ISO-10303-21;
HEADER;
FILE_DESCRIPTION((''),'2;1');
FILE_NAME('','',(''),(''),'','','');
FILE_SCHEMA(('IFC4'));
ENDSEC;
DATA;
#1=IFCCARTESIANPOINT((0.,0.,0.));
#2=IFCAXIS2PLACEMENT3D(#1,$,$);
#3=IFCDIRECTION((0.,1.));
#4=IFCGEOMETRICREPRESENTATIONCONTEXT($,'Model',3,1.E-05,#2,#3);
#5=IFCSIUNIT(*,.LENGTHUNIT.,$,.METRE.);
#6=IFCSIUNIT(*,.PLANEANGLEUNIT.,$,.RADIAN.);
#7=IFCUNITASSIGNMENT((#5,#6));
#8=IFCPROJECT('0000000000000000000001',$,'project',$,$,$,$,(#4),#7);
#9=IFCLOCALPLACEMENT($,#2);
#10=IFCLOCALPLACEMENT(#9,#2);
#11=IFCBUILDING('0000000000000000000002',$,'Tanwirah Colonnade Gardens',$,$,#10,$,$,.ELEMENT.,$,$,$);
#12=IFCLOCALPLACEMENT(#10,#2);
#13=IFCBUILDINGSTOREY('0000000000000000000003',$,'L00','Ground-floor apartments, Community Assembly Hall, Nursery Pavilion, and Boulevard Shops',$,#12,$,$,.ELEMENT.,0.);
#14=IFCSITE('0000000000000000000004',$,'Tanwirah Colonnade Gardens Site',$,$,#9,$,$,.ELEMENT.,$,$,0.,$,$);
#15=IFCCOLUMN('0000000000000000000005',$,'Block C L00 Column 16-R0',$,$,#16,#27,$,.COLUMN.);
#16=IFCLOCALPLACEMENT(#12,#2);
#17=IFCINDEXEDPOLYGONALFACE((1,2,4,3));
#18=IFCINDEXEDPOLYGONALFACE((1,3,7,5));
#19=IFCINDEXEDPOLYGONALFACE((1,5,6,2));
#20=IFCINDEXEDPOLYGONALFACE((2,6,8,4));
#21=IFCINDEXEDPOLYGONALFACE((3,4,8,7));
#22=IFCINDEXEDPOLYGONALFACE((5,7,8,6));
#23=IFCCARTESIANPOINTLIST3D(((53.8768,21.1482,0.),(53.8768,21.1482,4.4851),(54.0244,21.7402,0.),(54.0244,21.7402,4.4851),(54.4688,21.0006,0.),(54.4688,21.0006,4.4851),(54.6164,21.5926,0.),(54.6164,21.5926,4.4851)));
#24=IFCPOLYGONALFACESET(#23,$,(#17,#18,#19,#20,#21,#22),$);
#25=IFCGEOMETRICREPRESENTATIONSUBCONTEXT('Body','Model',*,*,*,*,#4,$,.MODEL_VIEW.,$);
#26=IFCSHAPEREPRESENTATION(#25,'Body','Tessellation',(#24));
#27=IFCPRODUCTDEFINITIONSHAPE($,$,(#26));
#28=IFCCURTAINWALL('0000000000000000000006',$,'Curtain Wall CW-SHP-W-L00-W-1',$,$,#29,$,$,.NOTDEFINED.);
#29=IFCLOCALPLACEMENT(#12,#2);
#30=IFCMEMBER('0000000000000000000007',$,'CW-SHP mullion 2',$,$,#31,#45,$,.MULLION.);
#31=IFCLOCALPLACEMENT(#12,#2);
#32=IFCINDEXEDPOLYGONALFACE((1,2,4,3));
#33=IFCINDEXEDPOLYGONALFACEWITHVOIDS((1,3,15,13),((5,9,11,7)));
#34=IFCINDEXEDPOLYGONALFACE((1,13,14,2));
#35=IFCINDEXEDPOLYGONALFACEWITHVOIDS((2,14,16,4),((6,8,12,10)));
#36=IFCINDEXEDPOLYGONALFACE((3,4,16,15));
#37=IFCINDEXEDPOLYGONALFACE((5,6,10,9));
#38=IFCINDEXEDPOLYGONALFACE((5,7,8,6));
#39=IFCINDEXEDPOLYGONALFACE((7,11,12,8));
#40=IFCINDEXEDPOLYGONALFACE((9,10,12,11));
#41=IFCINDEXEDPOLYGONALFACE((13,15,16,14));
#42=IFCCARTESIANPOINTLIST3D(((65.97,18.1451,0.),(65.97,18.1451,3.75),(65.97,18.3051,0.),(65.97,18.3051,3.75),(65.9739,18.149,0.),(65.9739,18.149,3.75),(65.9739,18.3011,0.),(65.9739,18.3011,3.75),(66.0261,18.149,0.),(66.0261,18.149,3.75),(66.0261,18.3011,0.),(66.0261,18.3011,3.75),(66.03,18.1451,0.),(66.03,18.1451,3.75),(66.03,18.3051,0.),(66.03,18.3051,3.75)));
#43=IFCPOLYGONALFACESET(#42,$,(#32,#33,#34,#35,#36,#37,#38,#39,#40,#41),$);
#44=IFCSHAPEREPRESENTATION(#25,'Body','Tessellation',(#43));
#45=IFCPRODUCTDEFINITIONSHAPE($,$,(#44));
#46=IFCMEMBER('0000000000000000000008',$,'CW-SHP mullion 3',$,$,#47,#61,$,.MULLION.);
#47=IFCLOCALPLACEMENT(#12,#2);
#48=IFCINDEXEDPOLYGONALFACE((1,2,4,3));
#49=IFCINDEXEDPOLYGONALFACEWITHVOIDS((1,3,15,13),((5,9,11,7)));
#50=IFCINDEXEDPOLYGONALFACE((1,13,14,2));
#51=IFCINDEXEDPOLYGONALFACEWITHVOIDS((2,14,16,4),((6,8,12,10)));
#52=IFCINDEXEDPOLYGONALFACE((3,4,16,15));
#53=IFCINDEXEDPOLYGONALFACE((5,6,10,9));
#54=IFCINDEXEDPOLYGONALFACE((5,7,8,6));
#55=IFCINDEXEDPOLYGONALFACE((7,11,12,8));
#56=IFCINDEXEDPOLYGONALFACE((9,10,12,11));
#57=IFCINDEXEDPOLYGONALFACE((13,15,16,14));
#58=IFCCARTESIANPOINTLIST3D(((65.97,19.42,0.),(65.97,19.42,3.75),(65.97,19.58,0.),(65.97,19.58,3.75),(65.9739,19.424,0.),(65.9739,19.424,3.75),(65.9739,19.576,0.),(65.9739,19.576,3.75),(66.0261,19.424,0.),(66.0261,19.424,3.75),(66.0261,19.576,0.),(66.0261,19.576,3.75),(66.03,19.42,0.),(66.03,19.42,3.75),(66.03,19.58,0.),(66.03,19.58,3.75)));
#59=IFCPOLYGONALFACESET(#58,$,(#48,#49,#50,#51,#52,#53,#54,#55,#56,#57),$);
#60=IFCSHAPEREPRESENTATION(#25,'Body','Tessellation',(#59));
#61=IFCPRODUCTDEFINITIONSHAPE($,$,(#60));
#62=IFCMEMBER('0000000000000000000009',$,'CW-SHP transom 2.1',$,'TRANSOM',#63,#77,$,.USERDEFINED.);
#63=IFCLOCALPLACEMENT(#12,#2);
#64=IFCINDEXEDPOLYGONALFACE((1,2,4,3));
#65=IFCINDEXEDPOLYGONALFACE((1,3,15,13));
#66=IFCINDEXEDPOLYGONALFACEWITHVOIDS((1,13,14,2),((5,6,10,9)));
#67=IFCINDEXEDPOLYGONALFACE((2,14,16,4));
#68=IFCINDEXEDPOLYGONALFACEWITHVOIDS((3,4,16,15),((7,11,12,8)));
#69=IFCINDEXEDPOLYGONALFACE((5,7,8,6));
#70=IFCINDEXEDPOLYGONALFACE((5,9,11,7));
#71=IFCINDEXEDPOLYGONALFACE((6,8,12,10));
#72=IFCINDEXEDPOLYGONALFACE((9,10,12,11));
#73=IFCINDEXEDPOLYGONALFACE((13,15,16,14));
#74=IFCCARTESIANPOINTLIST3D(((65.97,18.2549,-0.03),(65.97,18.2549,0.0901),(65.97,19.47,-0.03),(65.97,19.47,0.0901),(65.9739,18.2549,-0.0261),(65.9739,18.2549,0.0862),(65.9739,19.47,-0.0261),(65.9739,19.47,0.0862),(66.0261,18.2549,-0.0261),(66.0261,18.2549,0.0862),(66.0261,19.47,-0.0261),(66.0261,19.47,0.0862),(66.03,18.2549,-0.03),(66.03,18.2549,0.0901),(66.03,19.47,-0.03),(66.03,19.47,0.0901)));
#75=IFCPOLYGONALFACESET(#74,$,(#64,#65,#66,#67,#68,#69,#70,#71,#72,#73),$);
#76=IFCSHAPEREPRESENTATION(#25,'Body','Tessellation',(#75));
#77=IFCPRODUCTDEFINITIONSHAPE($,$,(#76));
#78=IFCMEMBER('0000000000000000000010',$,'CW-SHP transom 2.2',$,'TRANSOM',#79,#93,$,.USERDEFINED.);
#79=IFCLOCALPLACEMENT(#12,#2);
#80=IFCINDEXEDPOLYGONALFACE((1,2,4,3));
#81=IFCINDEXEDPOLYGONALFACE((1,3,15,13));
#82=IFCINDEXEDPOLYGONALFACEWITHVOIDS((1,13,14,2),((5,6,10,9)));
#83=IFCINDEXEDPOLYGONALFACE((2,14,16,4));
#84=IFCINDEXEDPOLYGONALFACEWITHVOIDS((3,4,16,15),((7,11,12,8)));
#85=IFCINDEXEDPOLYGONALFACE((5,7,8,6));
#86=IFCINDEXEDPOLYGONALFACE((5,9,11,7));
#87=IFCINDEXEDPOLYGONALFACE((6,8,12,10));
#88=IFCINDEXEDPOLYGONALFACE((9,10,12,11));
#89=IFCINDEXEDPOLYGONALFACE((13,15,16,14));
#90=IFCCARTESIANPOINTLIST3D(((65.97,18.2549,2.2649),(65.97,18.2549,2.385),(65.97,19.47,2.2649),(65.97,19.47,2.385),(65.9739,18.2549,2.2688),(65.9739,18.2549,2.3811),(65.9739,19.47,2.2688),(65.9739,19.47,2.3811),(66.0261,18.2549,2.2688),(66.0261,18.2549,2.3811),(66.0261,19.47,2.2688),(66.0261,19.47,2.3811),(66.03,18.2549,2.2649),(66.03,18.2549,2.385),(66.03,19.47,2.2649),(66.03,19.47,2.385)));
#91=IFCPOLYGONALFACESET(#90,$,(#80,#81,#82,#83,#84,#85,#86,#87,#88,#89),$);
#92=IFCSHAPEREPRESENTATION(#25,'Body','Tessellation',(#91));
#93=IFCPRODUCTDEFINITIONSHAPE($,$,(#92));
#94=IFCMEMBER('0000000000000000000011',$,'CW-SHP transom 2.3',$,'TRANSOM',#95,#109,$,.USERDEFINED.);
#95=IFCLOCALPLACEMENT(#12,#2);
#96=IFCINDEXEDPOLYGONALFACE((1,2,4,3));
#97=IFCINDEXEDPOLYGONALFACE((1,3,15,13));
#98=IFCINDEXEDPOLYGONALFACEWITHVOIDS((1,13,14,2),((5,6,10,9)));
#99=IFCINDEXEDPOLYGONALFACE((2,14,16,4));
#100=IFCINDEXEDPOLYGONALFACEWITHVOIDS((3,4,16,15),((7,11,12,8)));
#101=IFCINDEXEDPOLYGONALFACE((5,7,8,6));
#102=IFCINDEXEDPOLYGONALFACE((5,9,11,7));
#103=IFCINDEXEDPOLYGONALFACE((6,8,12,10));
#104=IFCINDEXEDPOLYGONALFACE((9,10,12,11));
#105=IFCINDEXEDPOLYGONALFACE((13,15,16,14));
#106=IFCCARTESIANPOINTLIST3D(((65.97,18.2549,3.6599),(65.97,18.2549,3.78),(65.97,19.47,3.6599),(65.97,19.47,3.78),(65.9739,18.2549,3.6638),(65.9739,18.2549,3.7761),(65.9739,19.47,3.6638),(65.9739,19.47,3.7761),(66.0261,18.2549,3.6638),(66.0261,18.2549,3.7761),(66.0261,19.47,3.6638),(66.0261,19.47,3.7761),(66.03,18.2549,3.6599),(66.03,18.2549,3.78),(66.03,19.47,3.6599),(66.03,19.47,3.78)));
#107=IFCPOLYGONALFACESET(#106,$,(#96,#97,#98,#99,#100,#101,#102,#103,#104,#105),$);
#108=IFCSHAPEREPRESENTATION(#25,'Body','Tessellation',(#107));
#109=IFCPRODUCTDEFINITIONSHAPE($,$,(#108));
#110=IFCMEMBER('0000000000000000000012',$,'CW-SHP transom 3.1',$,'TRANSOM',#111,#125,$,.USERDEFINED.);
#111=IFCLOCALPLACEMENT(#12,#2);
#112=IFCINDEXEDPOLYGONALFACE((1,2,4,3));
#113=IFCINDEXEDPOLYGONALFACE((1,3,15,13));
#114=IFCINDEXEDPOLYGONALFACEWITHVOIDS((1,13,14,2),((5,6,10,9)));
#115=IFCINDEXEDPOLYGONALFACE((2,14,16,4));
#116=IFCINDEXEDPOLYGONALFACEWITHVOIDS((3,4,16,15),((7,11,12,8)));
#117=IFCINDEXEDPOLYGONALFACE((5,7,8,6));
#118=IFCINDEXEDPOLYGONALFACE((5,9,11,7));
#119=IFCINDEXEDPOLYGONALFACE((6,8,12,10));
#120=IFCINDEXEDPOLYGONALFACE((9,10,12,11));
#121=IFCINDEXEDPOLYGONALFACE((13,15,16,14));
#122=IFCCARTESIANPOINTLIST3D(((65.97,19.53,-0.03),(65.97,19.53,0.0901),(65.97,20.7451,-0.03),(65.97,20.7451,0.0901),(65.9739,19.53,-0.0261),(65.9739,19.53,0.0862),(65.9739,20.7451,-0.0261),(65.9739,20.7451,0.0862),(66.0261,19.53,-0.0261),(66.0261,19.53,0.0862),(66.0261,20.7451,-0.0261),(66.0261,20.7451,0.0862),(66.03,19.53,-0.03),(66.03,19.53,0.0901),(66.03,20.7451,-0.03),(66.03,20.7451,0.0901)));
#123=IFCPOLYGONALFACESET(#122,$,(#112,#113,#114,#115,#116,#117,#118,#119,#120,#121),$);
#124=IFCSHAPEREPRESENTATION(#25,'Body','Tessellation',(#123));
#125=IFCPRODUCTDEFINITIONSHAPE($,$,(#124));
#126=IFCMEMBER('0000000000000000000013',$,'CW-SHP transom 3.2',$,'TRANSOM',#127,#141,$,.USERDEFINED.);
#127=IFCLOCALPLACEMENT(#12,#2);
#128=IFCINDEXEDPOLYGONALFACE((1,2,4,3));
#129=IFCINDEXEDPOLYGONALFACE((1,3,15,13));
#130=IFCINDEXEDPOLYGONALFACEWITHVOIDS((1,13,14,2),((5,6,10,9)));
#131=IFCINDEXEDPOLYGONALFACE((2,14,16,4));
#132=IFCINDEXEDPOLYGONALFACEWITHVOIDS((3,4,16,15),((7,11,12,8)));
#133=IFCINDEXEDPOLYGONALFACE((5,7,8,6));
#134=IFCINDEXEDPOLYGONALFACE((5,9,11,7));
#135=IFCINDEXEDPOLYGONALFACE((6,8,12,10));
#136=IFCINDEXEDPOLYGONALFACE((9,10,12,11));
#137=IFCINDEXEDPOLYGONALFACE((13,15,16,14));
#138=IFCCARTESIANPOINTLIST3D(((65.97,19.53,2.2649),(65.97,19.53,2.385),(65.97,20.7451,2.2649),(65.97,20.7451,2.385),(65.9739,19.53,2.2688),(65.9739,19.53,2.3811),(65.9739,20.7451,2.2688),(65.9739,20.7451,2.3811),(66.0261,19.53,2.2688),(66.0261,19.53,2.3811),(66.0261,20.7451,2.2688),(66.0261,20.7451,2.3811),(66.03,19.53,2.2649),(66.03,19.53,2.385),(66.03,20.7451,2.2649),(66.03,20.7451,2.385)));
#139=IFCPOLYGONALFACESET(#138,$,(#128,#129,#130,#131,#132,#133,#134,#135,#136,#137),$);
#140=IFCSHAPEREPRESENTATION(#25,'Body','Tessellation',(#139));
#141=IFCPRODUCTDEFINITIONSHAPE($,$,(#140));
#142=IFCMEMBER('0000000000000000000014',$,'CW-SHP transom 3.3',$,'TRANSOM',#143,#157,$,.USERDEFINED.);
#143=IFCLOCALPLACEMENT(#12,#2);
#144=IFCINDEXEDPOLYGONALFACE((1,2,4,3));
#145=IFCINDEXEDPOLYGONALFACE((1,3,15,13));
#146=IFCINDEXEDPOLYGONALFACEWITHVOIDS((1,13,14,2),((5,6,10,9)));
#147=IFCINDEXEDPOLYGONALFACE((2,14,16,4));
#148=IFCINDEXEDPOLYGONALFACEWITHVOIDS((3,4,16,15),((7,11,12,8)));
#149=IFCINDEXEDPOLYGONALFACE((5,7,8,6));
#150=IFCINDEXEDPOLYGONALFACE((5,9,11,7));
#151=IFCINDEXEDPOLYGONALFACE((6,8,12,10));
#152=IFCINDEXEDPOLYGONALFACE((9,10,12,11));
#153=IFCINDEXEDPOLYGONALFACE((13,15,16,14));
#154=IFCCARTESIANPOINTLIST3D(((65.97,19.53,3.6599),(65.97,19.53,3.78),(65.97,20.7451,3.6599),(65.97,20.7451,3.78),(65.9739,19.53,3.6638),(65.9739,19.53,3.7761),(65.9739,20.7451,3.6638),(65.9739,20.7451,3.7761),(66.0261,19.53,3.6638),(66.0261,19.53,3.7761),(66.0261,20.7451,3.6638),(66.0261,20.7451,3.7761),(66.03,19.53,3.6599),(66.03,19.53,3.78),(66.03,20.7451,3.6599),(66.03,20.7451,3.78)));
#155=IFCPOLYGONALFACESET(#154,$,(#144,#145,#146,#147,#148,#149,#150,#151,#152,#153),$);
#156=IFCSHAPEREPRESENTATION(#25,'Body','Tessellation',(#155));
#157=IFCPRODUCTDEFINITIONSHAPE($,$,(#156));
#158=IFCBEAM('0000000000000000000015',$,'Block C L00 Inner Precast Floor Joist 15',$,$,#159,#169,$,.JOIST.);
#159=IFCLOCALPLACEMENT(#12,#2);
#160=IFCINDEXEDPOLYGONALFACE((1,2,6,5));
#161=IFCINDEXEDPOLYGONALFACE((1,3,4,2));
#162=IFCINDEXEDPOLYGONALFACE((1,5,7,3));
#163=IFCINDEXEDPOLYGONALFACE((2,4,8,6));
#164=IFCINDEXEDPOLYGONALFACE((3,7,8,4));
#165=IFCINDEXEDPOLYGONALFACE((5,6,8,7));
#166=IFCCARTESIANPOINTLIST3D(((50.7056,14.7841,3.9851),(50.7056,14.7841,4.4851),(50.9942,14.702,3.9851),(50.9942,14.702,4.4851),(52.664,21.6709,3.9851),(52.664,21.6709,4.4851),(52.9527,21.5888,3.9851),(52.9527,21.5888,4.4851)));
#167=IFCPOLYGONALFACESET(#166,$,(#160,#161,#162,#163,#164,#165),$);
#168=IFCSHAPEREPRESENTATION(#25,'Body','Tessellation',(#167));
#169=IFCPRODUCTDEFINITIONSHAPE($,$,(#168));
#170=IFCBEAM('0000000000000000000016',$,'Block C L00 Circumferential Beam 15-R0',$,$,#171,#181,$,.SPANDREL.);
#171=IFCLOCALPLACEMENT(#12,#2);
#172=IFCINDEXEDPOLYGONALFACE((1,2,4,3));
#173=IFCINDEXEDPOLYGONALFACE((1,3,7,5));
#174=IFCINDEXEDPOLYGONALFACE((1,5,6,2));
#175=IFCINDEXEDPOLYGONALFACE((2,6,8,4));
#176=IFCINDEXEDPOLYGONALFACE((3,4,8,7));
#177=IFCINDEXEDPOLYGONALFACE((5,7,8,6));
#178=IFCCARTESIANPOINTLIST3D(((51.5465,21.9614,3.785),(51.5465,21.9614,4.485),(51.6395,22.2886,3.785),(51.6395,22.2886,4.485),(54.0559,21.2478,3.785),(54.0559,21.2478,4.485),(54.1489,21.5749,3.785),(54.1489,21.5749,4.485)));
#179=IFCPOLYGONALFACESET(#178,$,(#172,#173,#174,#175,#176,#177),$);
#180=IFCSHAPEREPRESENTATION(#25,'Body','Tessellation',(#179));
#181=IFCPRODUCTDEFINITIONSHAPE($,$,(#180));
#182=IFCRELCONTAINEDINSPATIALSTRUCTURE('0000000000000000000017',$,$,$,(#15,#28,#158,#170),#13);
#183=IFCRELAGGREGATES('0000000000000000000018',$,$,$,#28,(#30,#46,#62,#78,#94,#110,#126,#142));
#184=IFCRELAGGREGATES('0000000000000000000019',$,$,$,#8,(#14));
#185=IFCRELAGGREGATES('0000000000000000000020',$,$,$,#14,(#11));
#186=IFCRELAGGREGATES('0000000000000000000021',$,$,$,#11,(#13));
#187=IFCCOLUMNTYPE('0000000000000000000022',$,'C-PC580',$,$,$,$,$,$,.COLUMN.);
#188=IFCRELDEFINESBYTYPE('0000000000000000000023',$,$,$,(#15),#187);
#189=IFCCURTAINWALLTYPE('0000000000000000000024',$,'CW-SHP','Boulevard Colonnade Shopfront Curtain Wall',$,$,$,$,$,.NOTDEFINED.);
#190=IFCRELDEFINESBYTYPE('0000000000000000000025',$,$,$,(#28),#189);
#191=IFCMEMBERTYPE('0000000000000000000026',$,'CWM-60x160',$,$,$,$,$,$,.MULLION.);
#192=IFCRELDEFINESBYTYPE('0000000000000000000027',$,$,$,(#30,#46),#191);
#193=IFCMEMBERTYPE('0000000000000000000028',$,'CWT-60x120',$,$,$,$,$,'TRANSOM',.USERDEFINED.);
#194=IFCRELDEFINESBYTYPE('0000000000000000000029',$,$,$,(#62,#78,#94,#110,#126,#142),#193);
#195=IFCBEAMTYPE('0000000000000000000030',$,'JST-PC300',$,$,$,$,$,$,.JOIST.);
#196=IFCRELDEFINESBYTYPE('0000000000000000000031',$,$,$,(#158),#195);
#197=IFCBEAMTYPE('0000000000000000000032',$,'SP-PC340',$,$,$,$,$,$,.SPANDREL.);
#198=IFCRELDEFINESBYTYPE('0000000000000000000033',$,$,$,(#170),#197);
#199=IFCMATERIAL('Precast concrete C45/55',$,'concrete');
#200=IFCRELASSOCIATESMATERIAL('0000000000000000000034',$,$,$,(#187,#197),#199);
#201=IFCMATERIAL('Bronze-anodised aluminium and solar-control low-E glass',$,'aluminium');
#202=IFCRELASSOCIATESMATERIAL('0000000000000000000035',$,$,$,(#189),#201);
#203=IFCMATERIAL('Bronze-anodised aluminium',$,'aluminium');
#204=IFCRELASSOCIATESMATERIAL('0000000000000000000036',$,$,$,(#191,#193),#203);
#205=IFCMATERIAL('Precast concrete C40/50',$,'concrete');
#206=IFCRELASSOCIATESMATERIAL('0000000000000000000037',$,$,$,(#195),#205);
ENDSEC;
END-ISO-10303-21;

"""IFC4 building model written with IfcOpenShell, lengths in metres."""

from ifc_helpers import new_model, si_unit, direction, frame, origin, origin_2d, place, context, subcontext, project, spatial, rectangle, hollow_rectangle, extrude, material, material_profile, profile_set, type_object, element, aggregate, save


model = new_model("IFC4")

# Units and contexts
model_context = context("Model", 3, precision=1e-05, world=origin(), true_north=direction((0.0, 1.0)))
body_context = subcontext(model_context, "Body", "Model", "MODEL_VIEW")
ifc_project = project(units=[si_unit("LENGTHUNIT", "METRE"), si_unit("PLANEANGLEUNIT", "RADIAN")], contexts=[model_context])

# Site, building, storey
site_placement = place(None, origin())
site = spatial("IfcSite", under=ifc_project, at=site_placement, Name="Tanwirah Colonnade Gardens Site", CompositionType="ELEMENT", RefElevation=0.0)
building_placement = place(site_placement, origin())
building = spatial("IfcBuilding", under=site, at=building_placement, Name="Tanwirah Colonnade Gardens", CompositionType="ELEMENT")
storey_placement = place(building_placement, origin())
storey = spatial("IfcBuildingStorey", under=building, at=storey_placement, Name="L00", Description="Ground-floor apartments, Community Assembly Hall, Nursery Pavilion, and Boulevard Shops", CompositionType="ELEMENT", Elevation=0.0)

# Column
ifc_material_1 = material(Name="Precast concrete C45/55", Category="concrete")
ifc_material_profile_1 = material_profile(ifc_material_1, rectangle(XDim=0.6101, YDim=0.6101, at=origin_2d()), Name="PC-COL 610x610")
ifc_profile_set_1 = profile_set([ifc_material_profile_1], Name="Precast concrete C45/55")
column_type = type_object("IfcColumnType", Name="C-PC580", PredefinedType="COLUMN", material=ifc_profile_set_1)
column_placement = place(storey_placement, frame((54.2466, 21.3704, 0.0), z_axis=(0.0, 0.0, 1.0), x_axis=(-0.241922, -0.970296, 0.0)))
element("IfcColumn", 1, at=column_placement, inside=storey, type_object=column_type, Name="Block C L00 Column 16-R0", PredefinedType="COLUMN", context=body_context, shape_type="SweptSolid", body=[
    extrude(rectangle(XDim=0.6101, YDim=0.6101, at=origin_2d()), origin(), (0.0, 0.0, 1.0), 4.4851),
])

# Curtain wall, members
ifc_material_2 = material(Name="Bronze-anodised aluminium and solar-control low-E glass", Category="aluminium")
curtain_wall_type = type_object("IfcCurtainWallType", Name="CW-SHP", Description="Boulevard Colonnade Shopfront Curtain Wall", PredefinedType="NOTDEFINED", material=ifc_material_2)
curtain_wall_placement = place(storey_placement, origin())
curtain_wall = element("IfcCurtainWall", 2, at=curtain_wall_placement, inside=storey, type_object=curtain_wall_type, Name="Curtain Wall CW-SHP-W-L00-W-1", PredefinedType="NOTDEFINED")
ifc_material_3 = material(Name="Bronze-anodised aluminium", Category="aluminium")
ifc_material_profile_2 = material_profile(ifc_material_3, hollow_rectangle(XDim=0.0601, YDim=0.1599, WallThickness=0.0039, at=origin_2d()), Name="CW-MUL 60x160x4")
ifc_profile_set_2 = profile_set([ifc_material_profile_2], Name="Bronze-anodised aluminium")
member_type_1 = type_object("IfcMemberType", Name="CWM-60x160", PredefinedType="MULLION", material=ifc_profile_set_2)
member_1_placement = place(storey_placement, frame((66.0, 18.2251, 0.0), z_axis=(0.0, 0.0, 1.0), x_axis=(-1.0, 0.0, 0.0)))
member_1 = element("IfcMember", 3, at=member_1_placement, type_object=member_type_1, Name="CW-SHP mullion 2", PredefinedType="MULLION", context=body_context, shape_type="SweptSolid", body=[
    extrude(hollow_rectangle(XDim=0.0601, YDim=0.1599, WallThickness=0.0039, at=origin_2d()), origin(), (0.0, 0.0, 1.0), 3.75),
])
member_2_placement = place(storey_placement, frame((66.0, 19.5, 0.0), z_axis=(0.0, 0.0, 1.0), x_axis=(-1.0, 0.0, 0.0)))
member_2 = element("IfcMember", 4, at=member_2_placement, type_object=member_type_1, Name="CW-SHP mullion 3", PredefinedType="MULLION", context=body_context, shape_type="SweptSolid", body=[
    extrude(hollow_rectangle(XDim=0.0601, YDim=0.1599, WallThickness=0.0039, at=origin_2d()), origin(), (0.0, 0.0, 1.0), 3.75),
])
ifc_material_profile_3 = material_profile(ifc_material_3, hollow_rectangle(XDim=0.0601, YDim=0.1201, WallThickness=0.0039, at=origin_2d()), Name="CW-TRN 60x120x4")
ifc_profile_set_3 = profile_set([ifc_material_profile_3], Name="Bronze-anodised aluminium")
member_type_2 = type_object("IfcMemberType", Name="CWT-60x120", ElementType="TRANSOM", PredefinedType="USERDEFINED", material=ifc_profile_set_3)
member_3_placement = place(storey_placement, frame((66.0, 18.2549, 0.03), z_axis=(0.0, 1.0, 0.0), x_axis=(-1.0, 0.0, 0.0)))
member_3 = element("IfcMember", 5, at=member_3_placement, type_object=member_type_2, Name="CW-SHP transom 2.1", ObjectType="TRANSOM", PredefinedType="USERDEFINED", context=body_context, shape_type="SweptSolid", body=[
    extrude(hollow_rectangle(XDim=0.0601, YDim=0.1201, WallThickness=0.0039, at=origin_2d()), origin(), (0.0, 0.0, 1.0), 1.2151),
])
member_4_placement = place(storey_placement, frame((66.0, 18.2549, 2.325), z_axis=(0.0, 1.0, 0.0), x_axis=(-1.0, 0.0, 0.0)))
member_4 = element("IfcMember", 6, at=member_4_placement, type_object=member_type_2, Name="CW-SHP transom 2.2", ObjectType="TRANSOM", PredefinedType="USERDEFINED", context=body_context, shape_type="SweptSolid", body=[
    extrude(hollow_rectangle(XDim=0.0601, YDim=0.1201, WallThickness=0.0039, at=origin_2d()), origin(), (0.0, 0.0, 1.0), 1.2151),
])
member_5_placement = place(storey_placement, frame((66.0, 18.2549, 3.72), z_axis=(0.0, 1.0, 0.0), x_axis=(-1.0, 0.0, 0.0)))
member_5 = element("IfcMember", 7, at=member_5_placement, type_object=member_type_2, Name="CW-SHP transom 2.3", ObjectType="TRANSOM", PredefinedType="USERDEFINED", context=body_context, shape_type="SweptSolid", body=[
    extrude(hollow_rectangle(XDim=0.0601, YDim=0.1201, WallThickness=0.0039, at=origin_2d()), origin(), (0.0, 0.0, 1.0), 1.2151),
])
member_6_placement = place(storey_placement, frame((66.0, 19.53, 0.03), z_axis=(0.0, 1.0, 0.0), x_axis=(-1.0, 0.0, 0.0)))
member_6 = element("IfcMember", 8, at=member_6_placement, type_object=member_type_2, Name="CW-SHP transom 3.1", ObjectType="TRANSOM", PredefinedType="USERDEFINED", context=body_context, shape_type="SweptSolid", body=[
    extrude(hollow_rectangle(XDim=0.0601, YDim=0.1201, WallThickness=0.0039, at=origin_2d()), origin(), (0.0, 0.0, 1.0), 1.2151),
])
member_7_placement = place(storey_placement, frame((66.0, 19.53, 2.325), z_axis=(0.0, 1.0, 0.0), x_axis=(-1.0, 0.0, 0.0)))
member_7 = element("IfcMember", 9, at=member_7_placement, type_object=member_type_2, Name="CW-SHP transom 3.2", ObjectType="TRANSOM", PredefinedType="USERDEFINED", context=body_context, shape_type="SweptSolid", body=[
    extrude(hollow_rectangle(XDim=0.0601, YDim=0.1201, WallThickness=0.0039, at=origin_2d()), origin(), (0.0, 0.0, 1.0), 1.2151),
])
member_8_placement = place(storey_placement, frame((66.0, 19.53, 3.72), z_axis=(0.0, 1.0, 0.0), x_axis=(-1.0, 0.0, 0.0)))
member_8 = element("IfcMember", 10, at=member_8_placement, type_object=member_type_2, Name="CW-SHP transom 3.3", ObjectType="TRANSOM", PredefinedType="USERDEFINED", context=body_context, shape_type="SweptSolid", body=[
    extrude(hollow_rectangle(XDim=0.0601, YDim=0.1201, WallThickness=0.0039, at=origin_2d()), origin(), (0.0, 0.0, 1.0), 1.2151),
])

# Beams
ifc_material_4 = material(Name="Precast concrete C40/50", Category="concrete")
ifc_material_profile_4 = material_profile(ifc_material_4, rectangle(XDim=0.3, YDim=0.5, at=origin_2d()), Name="PC-JST 300x500")
ifc_profile_set_4 = profile_set([ifc_material_profile_4], Name="Precast concrete C40/50")
beam_type_1 = type_object("IfcBeamType", Name="JST-PC300", PredefinedType="JOIST", material=ifc_profile_set_4)
beam_1_placement = place(storey_placement, frame((52.8083, 21.6299, 4.2351), z_axis=(-0.273532, -0.961863, 0.0), x_axis=(0.961863, -0.273532, 0.0)))
element("IfcBeam", 11, at=beam_1_placement, inside=storey, type_object=beam_type_1, Name="Block C L00 Inner Precast Floor Joist 15", PredefinedType="JOIST", context=body_context, shape_type="SweptSolid", body=[
    extrude(rectangle(XDim=0.3, YDim=0.5, at=origin_2d()), origin(), (0.0, 0.0, 1.0), 7.1599),
])
ifc_material_profile_5 = material_profile(ifc_material_1, rectangle(XDim=0.3401, YDim=0.7, at=origin_2d()), Name="PC-SP 340x700")
ifc_profile_set_5 = profile_set([ifc_material_profile_5], Name="Precast concrete C45/55")
beam_type_2 = type_object("IfcBeamType", Name="SP-PC340", PredefinedType="SPANDREL", material=ifc_profile_set_5)
beam_2_placement = place(storey_placement, frame((51.593, 22.125, 4.135), z_axis=(0.961859, -0.273547, 0.0), x_axis=(0.273547, 0.961859, 0.0)))
element("IfcBeam", 12, at=beam_2_placement, inside=storey, type_object=beam_type_2, Name="Block C L00 Circumferential Beam 15-R0", PredefinedType="SPANDREL", context=body_context, shape_type="SweptSolid", body=[
    extrude(rectangle(XDim=0.3401, YDim=0.7, at=origin_2d()), origin(), (0.0, 0.0, 1.0), 2.6089),
])

aggregate(curtain_wall, [member_1, member_2, member_3, member_4, member_5, member_6, member_7, member_8])

save(model, "model.ifc")
